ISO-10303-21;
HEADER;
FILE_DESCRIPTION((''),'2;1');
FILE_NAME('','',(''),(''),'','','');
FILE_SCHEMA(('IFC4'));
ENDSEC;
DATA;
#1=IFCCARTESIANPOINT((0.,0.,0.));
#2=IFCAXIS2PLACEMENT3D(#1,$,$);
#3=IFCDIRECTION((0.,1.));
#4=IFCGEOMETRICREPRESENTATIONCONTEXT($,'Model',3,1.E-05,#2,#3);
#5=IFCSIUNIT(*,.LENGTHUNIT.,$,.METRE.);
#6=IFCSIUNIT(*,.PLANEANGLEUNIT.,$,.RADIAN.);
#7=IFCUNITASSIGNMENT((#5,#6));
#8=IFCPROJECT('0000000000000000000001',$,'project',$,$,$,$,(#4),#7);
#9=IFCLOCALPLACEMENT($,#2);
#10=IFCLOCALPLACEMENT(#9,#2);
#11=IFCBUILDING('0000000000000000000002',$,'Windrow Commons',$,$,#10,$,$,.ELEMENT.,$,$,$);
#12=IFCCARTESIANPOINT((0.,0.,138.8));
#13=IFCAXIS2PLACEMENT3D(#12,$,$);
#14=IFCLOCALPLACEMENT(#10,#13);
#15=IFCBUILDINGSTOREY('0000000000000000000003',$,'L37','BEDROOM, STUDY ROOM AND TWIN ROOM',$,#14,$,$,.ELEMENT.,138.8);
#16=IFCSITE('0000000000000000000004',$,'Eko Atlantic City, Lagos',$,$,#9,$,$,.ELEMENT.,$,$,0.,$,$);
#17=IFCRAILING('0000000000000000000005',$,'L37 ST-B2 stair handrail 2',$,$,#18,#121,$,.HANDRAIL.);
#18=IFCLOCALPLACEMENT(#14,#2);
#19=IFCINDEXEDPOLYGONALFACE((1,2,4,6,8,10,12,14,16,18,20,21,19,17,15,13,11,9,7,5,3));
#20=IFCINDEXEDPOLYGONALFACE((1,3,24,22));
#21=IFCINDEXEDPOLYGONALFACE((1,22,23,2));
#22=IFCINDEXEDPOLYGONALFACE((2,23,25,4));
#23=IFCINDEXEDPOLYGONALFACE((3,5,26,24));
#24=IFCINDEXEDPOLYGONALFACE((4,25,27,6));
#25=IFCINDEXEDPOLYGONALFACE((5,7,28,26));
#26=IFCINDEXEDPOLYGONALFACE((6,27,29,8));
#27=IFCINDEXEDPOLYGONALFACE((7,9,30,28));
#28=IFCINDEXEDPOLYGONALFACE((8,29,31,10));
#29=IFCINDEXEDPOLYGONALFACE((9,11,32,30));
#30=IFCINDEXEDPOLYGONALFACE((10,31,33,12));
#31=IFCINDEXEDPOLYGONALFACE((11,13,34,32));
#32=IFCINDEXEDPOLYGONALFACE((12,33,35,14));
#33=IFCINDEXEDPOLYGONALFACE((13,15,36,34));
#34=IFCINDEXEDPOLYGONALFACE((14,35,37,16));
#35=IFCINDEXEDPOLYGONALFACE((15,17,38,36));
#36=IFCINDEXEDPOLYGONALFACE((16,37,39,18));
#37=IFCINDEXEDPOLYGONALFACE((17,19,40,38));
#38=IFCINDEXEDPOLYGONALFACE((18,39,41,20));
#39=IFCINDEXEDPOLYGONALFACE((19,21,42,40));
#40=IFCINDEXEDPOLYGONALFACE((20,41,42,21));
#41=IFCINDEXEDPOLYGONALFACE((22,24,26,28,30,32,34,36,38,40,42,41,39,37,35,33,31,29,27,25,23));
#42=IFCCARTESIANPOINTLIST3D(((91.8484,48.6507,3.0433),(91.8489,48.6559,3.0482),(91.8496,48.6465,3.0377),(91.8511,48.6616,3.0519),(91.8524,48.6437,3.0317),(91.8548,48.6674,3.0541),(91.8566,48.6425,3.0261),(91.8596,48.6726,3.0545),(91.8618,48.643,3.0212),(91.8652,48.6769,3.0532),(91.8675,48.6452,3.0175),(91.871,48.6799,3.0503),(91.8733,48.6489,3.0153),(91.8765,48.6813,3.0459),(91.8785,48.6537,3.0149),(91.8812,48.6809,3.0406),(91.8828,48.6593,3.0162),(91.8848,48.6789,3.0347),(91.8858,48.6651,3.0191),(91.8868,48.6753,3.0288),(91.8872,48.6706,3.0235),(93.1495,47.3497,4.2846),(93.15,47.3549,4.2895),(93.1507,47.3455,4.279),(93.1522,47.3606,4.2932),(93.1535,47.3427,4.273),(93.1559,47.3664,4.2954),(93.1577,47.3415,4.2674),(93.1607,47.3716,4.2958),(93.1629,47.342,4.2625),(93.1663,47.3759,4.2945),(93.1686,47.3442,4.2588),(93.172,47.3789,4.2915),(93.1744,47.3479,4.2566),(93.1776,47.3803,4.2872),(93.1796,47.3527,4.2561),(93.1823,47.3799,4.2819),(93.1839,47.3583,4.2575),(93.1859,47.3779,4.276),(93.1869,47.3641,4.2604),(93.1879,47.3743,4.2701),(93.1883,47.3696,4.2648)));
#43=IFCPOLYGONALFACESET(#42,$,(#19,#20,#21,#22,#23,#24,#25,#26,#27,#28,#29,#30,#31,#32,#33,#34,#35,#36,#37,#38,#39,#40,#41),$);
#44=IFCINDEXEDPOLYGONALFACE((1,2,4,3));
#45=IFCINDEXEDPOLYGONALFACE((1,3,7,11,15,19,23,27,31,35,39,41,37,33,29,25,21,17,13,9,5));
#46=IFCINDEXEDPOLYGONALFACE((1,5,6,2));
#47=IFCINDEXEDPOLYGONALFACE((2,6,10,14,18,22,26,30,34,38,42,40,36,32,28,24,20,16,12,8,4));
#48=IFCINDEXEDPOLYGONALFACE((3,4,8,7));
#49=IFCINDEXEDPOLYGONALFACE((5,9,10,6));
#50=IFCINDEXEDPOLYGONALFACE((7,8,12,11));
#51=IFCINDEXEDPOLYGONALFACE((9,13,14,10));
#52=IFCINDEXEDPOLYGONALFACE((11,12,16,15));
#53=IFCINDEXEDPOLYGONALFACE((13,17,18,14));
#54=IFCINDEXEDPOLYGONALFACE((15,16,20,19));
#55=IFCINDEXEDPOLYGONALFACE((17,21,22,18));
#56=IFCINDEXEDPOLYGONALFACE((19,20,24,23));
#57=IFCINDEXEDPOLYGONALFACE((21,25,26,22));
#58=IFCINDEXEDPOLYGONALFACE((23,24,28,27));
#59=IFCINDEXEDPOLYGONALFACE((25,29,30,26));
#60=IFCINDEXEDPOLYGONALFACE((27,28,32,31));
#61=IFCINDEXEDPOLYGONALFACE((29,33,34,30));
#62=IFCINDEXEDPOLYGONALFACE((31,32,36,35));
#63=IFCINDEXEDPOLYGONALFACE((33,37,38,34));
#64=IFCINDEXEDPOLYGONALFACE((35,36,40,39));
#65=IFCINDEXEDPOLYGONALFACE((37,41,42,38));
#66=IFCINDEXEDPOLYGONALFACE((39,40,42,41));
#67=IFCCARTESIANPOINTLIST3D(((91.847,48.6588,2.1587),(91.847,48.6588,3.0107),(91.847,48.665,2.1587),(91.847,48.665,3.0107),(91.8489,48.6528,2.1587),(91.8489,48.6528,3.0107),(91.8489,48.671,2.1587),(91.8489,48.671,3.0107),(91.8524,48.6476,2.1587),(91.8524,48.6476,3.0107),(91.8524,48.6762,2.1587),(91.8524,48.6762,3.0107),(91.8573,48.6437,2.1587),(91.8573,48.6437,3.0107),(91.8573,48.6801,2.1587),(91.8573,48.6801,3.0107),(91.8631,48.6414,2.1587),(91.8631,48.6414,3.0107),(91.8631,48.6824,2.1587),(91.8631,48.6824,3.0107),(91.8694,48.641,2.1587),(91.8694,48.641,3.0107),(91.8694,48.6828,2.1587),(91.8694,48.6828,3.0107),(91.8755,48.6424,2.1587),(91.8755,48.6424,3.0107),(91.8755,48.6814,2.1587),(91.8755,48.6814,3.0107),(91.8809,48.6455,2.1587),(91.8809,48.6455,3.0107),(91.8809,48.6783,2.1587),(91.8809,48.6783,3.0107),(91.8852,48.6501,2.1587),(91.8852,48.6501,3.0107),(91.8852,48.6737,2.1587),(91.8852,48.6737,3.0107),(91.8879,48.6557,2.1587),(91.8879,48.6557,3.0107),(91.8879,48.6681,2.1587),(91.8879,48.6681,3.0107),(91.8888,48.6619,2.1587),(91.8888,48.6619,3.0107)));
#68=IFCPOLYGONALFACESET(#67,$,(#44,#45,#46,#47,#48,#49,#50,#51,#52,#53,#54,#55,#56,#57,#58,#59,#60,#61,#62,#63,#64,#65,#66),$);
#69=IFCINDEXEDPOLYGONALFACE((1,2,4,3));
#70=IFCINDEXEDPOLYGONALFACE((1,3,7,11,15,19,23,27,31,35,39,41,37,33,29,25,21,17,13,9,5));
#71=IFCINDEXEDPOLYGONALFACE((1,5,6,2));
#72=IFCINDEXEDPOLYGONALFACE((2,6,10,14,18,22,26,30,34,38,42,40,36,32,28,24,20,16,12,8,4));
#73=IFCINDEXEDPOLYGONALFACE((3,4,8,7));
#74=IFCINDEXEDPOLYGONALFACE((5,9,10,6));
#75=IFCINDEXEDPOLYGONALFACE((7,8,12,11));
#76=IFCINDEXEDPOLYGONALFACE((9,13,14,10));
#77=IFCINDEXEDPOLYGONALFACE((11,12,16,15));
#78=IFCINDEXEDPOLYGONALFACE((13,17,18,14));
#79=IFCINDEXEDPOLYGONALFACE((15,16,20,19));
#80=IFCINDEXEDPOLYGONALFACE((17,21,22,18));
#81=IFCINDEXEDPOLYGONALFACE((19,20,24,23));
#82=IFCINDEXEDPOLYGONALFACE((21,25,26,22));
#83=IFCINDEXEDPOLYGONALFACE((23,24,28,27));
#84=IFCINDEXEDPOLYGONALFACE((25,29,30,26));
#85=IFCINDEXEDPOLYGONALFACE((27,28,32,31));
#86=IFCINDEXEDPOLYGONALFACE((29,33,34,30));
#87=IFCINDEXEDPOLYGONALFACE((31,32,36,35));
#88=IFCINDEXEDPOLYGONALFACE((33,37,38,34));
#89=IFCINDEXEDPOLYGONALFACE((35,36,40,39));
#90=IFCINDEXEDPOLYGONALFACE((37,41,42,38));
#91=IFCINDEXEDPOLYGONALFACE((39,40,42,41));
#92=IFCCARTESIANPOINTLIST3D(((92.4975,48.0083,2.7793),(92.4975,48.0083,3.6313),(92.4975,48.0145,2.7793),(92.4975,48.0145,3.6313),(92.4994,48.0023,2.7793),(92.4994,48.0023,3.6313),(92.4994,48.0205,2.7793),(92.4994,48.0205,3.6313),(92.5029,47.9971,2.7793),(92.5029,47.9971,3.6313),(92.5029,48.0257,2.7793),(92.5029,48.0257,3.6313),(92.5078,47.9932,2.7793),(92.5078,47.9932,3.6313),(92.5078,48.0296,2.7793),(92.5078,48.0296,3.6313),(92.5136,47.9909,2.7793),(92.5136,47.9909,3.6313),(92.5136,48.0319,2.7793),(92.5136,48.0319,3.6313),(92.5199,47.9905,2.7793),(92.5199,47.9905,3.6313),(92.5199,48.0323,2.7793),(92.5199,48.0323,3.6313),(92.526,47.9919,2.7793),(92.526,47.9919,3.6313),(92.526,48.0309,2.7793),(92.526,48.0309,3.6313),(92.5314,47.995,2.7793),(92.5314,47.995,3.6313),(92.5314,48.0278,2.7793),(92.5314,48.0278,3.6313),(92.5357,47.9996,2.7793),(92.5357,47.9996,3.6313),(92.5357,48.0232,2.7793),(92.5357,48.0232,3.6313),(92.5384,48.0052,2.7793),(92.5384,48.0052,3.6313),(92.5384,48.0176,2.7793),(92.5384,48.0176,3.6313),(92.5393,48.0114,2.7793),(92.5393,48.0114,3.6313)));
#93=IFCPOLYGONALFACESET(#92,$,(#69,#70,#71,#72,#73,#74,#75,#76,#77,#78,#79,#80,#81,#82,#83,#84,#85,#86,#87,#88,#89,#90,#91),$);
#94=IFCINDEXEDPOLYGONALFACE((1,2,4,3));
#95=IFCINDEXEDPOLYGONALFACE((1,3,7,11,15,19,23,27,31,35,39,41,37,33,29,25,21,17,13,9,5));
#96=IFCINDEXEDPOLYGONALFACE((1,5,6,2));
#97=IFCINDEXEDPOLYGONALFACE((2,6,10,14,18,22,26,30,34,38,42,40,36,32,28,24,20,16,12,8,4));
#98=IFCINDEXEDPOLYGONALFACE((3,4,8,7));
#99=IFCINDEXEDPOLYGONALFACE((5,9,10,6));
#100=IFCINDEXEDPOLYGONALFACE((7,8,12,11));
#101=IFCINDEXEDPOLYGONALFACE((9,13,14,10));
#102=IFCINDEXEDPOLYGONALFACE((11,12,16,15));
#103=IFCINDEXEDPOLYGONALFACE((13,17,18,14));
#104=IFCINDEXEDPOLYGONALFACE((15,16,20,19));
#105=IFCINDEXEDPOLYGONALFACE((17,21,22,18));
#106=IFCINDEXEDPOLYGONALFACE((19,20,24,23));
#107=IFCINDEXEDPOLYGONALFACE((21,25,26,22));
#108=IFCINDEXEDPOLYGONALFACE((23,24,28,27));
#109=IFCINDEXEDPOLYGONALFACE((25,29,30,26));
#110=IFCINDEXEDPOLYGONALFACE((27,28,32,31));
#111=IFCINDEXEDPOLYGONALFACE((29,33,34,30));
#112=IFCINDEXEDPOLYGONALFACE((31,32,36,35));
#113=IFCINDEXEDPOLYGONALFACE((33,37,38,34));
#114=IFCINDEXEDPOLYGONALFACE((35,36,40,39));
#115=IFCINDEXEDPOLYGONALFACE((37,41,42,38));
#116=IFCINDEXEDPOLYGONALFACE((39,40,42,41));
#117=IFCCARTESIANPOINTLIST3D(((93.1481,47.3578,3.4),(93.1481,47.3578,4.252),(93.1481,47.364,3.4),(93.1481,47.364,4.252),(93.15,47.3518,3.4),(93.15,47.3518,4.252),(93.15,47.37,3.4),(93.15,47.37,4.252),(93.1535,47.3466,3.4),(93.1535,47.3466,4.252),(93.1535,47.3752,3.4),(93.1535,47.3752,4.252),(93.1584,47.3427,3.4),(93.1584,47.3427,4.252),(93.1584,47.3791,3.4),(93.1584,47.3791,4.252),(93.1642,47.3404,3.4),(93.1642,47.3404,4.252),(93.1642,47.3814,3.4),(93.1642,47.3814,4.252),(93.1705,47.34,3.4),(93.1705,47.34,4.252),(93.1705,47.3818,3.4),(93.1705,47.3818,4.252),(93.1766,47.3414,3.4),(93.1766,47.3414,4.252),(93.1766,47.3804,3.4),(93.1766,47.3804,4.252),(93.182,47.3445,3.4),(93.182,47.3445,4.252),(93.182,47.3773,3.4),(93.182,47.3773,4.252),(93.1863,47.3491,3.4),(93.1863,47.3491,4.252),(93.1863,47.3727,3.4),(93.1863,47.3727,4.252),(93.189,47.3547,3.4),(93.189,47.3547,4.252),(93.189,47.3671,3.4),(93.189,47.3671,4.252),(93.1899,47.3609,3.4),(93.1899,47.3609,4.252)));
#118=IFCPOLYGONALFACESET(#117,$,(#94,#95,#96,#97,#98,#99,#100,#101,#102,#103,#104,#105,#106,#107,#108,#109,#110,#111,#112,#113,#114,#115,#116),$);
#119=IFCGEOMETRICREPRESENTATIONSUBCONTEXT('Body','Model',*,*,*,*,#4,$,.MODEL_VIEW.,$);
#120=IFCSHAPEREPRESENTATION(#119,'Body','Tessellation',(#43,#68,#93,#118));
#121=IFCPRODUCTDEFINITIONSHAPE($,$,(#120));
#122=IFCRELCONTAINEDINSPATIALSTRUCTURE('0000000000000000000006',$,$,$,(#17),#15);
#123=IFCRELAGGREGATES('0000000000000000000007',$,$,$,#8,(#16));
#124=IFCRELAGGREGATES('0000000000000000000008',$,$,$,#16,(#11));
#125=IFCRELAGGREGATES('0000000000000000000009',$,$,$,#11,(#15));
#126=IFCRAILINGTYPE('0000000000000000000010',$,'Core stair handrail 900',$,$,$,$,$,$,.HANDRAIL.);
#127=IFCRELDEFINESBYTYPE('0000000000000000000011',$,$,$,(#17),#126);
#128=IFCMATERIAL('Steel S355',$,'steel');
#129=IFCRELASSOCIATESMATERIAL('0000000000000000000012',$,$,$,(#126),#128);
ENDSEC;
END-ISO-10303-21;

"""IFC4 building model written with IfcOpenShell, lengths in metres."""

from ifc_helpers import new_model, si_unit, direction, frame, origin, origin_2d, place, context, subcontext, project, spatial, circle, extrude, material, type_object, element, save


model = new_model("IFC4")

# Units and contexts
model_context = context("Model", 3, precision=1e-05, world=origin(), true_north=direction((0.0, 1.0)))
body_context = subcontext(model_context, "Body", "Model", "MODEL_VIEW")
ifc_project = project(units=[si_unit("LENGTHUNIT", "METRE"), si_unit("PLANEANGLEUNIT", "RADIAN")], contexts=[model_context])

# Site, building, storey
site_placement = place(None, origin())
site = spatial("IfcSite", under=ifc_project, at=site_placement, Name="Eko Atlantic City, Lagos", CompositionType="ELEMENT", RefElevation=0.0)
building_placement = place(site_placement, origin())
building = spatial("IfcBuilding", under=site, at=building_placement, Name="Windrow Commons", CompositionType="ELEMENT")
storey_placement = place(building_placement, frame((0.0, 0.0, 138.8)))
storey = spatial("IfcBuildingStorey", under=building, at=storey_placement, Name="L37", Description="BEDROOM, STUDY ROOM AND TWIN ROOM", CompositionType="ELEMENT", Elevation=138.8)

# Railing
ifc_material_1 = material(Name="Steel S355", Category="steel")
railing_type_1 = type_object("IfcRailingType", Name="Core stair handrail 900", PredefinedType="HANDRAIL", material=ifc_material_1)
railing_1_placement = place(storey_placement, frame((91.8678, 48.6619, 2.1587)))
element("IfcRailing", 1, at=railing_1_placement, inside=storey, type_object=railing_type_1, Name="L37 ST-B2 stair handrail 2", PredefinedType="HANDRAIL", context=body_context, shape_type="SweptSolid", body=[
    extrude(circle(Radius=0.024, at=origin_2d()), frame((0.0, 0.0, 0.876), z_axis=(0.586207, -0.586162, 0.559264), x_axis=(0.70708, 0.707134, 0.0)), (0.0, 0.0, 1.0), 2.2195),
    extrude(circle(Radius=0.021, at=origin_2d()), origin(), (0.0, 0.0, 1.0), 0.852),
    extrude(circle(Radius=0.021, at=origin_2d()), frame((0.6505, -0.6505, 0.6206)), (0.0, 0.0, 1.0), 0.852),
    extrude(circle(Radius=0.021, at=origin_2d()), frame((1.3011, -1.301, 1.2413)), (0.0, 0.0, 1.0), 0.852),
])

save(model, "model.ifc")
